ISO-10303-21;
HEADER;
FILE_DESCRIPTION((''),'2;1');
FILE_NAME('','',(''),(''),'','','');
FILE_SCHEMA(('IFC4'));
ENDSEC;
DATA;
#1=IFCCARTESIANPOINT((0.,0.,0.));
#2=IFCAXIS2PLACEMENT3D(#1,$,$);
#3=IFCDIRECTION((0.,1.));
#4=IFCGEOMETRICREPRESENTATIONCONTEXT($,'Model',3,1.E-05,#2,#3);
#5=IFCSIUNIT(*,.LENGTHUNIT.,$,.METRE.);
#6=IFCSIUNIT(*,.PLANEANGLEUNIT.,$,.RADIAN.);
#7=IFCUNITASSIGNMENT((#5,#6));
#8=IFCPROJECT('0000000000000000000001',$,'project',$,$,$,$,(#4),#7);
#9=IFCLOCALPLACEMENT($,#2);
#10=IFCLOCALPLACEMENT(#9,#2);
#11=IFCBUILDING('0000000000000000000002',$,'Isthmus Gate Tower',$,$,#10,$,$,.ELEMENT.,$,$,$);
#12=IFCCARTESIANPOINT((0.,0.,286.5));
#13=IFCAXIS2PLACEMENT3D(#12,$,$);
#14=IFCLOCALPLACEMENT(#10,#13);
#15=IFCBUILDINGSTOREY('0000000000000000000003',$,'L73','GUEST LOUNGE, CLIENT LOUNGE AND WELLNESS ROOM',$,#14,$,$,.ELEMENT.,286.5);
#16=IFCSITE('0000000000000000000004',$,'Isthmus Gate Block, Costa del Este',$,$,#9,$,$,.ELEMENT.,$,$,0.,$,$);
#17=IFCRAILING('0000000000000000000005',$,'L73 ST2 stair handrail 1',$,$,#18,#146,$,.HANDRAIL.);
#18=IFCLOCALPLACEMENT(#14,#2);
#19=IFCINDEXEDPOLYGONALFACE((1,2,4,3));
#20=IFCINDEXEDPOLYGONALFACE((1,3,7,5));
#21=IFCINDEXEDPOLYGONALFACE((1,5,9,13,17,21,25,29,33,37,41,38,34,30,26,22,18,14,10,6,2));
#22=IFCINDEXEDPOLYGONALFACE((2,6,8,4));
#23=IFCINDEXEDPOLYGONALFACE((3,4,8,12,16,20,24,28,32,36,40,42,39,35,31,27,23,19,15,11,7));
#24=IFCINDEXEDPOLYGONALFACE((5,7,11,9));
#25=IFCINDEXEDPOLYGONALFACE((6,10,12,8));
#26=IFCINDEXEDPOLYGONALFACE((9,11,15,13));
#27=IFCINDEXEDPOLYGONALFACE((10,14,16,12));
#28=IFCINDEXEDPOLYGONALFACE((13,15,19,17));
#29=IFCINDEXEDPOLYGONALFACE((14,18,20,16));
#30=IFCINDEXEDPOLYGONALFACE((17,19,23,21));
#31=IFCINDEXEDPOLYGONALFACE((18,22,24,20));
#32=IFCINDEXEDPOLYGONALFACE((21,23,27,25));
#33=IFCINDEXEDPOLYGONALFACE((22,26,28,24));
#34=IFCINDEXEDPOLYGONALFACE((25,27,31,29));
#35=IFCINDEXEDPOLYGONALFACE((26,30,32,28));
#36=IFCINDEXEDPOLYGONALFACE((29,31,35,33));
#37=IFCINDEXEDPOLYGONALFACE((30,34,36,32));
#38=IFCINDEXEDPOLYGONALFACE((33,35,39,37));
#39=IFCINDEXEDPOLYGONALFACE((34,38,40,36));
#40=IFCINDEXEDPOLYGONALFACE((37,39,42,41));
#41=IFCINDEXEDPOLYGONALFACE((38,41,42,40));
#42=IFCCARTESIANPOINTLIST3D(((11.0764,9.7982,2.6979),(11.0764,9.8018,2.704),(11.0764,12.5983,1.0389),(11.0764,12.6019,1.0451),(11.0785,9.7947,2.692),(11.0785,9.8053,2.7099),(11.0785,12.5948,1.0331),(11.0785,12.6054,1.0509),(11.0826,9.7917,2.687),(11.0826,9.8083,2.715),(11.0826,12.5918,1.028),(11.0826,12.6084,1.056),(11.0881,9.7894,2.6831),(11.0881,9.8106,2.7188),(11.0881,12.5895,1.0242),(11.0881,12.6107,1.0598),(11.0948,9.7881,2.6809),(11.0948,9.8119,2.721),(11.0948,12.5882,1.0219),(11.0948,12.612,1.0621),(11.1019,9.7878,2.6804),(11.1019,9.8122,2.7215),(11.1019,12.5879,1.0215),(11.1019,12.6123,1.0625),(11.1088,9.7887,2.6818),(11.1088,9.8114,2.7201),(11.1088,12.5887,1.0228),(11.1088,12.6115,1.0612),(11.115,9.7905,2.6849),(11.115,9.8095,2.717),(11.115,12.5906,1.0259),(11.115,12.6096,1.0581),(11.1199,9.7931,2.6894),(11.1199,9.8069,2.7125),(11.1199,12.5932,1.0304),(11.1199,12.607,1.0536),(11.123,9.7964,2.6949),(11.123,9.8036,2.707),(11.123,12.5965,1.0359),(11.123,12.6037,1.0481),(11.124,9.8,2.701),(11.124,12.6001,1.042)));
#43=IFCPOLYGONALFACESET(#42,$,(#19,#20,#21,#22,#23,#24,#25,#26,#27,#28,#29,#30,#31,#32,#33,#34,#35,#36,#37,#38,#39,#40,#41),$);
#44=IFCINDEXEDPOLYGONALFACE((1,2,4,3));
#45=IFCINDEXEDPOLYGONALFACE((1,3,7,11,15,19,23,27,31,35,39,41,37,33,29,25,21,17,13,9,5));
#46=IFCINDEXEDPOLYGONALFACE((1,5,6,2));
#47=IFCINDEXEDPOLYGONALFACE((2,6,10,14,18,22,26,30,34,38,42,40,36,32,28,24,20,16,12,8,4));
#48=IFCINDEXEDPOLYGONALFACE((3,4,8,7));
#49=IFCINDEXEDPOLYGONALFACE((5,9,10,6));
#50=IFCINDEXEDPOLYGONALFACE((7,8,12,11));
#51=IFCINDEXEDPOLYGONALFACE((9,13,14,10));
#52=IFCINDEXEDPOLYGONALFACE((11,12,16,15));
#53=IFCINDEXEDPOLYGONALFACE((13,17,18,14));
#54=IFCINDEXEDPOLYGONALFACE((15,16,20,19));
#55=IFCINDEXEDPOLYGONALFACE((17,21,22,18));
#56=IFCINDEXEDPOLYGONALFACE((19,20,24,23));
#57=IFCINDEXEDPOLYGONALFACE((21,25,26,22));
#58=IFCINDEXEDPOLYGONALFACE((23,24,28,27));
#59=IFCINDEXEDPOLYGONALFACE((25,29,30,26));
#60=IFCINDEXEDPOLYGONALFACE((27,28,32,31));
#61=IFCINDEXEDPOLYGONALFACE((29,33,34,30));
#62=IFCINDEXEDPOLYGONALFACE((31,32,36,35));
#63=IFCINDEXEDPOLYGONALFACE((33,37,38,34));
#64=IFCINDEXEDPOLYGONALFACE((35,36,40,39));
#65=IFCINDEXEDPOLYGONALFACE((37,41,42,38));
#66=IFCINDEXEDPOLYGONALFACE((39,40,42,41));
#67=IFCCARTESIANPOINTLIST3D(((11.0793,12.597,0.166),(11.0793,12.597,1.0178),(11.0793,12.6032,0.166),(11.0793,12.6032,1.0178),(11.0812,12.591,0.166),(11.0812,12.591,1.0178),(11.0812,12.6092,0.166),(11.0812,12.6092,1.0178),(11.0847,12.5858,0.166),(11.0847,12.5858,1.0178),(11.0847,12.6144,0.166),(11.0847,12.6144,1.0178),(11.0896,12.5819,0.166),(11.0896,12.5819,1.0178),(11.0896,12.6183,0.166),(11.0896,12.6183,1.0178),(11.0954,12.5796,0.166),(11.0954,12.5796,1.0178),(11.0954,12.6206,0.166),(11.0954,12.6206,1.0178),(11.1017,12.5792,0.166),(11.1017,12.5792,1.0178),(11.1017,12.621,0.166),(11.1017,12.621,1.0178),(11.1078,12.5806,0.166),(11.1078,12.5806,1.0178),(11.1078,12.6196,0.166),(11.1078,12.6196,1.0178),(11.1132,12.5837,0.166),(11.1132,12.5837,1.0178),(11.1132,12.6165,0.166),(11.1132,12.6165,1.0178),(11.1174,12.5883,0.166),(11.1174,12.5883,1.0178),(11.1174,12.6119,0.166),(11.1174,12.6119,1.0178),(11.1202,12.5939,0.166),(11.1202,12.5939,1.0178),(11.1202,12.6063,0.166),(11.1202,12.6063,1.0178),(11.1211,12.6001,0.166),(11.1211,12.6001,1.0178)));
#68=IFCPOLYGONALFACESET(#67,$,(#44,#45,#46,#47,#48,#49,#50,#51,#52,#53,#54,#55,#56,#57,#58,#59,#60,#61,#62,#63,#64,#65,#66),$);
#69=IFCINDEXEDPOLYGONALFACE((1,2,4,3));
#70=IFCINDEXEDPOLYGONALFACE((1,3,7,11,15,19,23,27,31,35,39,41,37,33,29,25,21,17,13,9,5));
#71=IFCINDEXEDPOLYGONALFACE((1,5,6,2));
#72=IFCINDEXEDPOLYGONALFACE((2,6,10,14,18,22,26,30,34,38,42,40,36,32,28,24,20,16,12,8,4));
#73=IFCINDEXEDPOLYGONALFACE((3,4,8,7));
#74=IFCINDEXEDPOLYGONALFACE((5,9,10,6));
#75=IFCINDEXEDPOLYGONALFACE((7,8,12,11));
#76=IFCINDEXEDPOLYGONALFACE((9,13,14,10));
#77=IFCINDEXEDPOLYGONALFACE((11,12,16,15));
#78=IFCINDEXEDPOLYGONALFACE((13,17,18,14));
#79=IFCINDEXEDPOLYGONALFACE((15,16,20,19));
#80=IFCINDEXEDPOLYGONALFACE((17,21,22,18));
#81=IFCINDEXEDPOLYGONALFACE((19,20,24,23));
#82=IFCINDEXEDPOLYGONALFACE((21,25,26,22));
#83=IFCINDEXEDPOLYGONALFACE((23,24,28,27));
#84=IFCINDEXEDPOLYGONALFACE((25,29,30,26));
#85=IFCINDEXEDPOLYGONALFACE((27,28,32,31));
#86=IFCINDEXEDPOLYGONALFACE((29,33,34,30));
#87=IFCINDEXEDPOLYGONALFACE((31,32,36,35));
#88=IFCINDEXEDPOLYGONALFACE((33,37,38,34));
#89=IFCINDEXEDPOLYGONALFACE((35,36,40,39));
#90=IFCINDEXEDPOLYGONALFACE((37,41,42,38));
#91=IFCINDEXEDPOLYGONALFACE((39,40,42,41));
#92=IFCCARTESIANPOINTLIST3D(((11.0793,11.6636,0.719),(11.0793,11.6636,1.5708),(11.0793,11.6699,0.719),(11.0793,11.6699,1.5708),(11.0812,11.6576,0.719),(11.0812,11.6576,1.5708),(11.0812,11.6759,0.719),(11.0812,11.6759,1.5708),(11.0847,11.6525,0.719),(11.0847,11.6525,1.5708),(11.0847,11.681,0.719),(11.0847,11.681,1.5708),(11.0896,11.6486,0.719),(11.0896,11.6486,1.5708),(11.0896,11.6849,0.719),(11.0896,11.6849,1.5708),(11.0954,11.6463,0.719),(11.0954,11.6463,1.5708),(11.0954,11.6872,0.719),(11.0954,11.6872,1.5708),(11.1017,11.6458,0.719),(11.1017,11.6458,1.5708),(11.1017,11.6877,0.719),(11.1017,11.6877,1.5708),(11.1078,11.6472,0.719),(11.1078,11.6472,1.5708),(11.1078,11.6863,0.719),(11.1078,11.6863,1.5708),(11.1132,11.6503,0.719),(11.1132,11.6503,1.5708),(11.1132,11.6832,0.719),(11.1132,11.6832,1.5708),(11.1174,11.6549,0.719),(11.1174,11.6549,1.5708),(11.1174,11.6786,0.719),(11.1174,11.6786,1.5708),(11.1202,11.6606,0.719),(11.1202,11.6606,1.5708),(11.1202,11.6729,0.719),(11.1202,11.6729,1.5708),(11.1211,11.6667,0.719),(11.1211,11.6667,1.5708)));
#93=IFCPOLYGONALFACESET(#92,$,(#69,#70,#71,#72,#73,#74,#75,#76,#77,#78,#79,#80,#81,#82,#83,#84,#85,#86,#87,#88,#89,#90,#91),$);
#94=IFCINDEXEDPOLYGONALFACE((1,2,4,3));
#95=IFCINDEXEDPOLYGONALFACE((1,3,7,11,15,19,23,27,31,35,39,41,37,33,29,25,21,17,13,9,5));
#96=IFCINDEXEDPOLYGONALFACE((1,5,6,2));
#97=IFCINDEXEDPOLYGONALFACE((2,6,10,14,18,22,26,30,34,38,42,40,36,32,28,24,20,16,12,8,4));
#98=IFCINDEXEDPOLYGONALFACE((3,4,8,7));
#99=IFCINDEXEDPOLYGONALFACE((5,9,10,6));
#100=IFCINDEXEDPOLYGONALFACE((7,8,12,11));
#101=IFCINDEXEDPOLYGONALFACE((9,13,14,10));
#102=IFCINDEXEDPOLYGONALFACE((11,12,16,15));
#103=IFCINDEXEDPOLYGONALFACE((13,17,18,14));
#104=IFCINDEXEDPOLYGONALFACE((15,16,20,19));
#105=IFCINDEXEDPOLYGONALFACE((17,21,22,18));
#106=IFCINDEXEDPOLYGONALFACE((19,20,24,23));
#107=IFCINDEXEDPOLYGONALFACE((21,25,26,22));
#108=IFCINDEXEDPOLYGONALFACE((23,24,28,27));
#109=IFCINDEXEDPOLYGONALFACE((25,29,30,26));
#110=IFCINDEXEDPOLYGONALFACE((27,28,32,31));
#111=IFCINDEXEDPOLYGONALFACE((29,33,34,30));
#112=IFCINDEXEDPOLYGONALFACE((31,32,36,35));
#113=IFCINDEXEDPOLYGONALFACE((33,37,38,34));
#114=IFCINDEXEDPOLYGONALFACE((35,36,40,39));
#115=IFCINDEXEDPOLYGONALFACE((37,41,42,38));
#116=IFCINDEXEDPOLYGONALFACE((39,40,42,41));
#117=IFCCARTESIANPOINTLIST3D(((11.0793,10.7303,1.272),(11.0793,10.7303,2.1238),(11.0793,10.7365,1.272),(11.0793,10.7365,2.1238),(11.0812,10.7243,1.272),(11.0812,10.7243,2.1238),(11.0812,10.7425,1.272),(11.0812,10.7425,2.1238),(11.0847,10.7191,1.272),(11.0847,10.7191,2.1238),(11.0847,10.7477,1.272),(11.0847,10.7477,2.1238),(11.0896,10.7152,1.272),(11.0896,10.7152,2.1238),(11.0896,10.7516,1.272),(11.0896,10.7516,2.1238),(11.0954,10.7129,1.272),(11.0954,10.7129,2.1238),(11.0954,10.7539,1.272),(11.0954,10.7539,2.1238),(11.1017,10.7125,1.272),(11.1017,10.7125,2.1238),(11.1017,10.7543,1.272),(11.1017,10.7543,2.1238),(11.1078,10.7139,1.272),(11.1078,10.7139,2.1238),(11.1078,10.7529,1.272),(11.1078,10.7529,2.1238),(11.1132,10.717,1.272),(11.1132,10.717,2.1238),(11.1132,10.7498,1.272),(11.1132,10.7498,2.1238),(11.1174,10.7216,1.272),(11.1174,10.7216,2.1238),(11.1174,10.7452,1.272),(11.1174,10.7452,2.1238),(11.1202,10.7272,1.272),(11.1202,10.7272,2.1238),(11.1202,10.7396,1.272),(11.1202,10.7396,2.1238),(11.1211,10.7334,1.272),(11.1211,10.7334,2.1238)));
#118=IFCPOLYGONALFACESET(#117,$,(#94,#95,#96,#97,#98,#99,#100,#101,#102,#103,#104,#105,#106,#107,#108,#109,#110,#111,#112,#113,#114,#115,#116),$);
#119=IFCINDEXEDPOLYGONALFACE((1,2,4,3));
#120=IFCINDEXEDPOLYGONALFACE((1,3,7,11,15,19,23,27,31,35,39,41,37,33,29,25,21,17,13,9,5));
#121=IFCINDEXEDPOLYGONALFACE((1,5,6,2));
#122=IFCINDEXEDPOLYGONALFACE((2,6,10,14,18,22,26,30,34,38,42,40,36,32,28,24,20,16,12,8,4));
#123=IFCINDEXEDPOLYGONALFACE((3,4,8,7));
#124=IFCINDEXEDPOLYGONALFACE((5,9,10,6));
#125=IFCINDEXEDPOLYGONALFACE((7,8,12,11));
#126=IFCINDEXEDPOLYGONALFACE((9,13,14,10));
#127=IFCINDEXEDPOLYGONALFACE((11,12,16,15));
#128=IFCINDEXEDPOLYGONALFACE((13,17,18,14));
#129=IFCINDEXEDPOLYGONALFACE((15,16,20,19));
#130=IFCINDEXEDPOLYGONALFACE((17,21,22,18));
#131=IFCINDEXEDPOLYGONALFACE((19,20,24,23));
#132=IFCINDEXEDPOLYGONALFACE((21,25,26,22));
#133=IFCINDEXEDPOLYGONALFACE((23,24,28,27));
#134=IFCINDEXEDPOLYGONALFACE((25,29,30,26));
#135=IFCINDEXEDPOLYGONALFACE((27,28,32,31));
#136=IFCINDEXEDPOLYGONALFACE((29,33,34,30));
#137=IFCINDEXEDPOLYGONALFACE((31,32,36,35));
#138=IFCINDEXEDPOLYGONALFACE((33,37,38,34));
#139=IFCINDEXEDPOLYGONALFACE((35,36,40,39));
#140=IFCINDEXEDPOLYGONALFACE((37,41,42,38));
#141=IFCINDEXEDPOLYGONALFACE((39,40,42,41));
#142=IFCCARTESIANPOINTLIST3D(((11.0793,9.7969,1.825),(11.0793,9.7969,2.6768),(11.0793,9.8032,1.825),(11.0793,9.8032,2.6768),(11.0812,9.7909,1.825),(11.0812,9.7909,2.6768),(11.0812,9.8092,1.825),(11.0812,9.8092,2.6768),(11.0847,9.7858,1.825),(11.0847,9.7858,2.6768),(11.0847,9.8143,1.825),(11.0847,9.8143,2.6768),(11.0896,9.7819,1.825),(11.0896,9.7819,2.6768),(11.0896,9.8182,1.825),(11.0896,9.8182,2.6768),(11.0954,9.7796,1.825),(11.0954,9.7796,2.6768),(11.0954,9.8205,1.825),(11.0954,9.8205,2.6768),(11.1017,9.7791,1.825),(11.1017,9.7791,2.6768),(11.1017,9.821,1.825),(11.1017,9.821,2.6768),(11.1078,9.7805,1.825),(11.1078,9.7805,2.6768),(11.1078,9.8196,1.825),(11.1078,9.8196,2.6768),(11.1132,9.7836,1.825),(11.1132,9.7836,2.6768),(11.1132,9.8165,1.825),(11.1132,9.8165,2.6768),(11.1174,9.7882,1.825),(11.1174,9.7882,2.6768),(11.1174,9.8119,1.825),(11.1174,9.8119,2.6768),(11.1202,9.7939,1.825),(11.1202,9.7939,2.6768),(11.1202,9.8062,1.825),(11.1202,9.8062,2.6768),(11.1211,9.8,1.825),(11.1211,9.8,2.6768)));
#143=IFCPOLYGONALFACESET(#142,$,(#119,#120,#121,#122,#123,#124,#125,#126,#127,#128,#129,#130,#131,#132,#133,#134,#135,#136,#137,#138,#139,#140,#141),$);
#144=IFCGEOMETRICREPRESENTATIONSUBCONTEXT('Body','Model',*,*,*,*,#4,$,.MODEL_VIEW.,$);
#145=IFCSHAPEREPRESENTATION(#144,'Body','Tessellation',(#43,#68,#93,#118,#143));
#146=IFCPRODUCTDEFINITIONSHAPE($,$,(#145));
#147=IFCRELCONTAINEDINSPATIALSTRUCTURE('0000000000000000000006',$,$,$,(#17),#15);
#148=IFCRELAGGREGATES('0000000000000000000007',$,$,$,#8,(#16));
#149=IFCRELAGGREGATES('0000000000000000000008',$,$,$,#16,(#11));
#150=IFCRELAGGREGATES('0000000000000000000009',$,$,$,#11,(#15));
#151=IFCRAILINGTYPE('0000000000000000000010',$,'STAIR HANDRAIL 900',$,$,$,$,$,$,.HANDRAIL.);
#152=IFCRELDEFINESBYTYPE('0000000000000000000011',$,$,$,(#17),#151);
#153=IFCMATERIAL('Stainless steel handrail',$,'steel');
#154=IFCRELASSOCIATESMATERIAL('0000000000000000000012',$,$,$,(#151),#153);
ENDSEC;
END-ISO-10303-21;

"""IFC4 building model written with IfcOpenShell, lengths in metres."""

from ifc_helpers import new_model, si_unit, direction, frame, origin, origin_2d, place, context, subcontext, project, spatial, circle, extrude, material, type_object, element, save


model = new_model("IFC4")

# Units and contexts
model_context = context("Model", 3, precision=1e-05, world=origin(), true_north=direction((0.0, 1.0)))
body_context = subcontext(model_context, "Body", "Model", "MODEL_VIEW")
ifc_project = project(units=[si_unit("LENGTHUNIT", "METRE"), si_unit("PLANEANGLEUNIT", "RADIAN")], contexts=[model_context])

# Site, building, storey
site_placement = place(None, origin())
site = spatial("IfcSite", under=ifc_project, at=site_placement, Name="Isthmus Gate Block, Costa del Este", CompositionType="ELEMENT", RefElevation=0.0)
building_placement = place(site_placement, origin())
building = spatial("IfcBuilding", under=site, at=building_placement, Name="Isthmus Gate Tower", CompositionType="ELEMENT")
storey_placement = place(building_placement, frame((0.0, 0.0, 286.5)))
storey = spatial("IfcBuildingStorey", under=building, at=storey_placement, Name="L73", Description="GUEST LOUNGE, CLIENT LOUNGE AND WELLNESS ROOM", CompositionType="ELEMENT", Elevation=286.5)

# Railing
ifc_material_1 = material(Name="Stainless steel handrail", Category="steel")
railing_type = type_object("IfcRailingType", Name="STAIR HANDRAIL 900", PredefinedType="HANDRAIL", material=ifc_material_1)
railing_placement = place(storey_placement, frame((11.1001, 12.6001, 0.166)))
element("IfcRailing", 1, at=railing_placement, inside=storey, type_object=railing_type, Name="L73 ST2 stair handrail 1", PredefinedType="HANDRAIL", context=body_context, shape_type="SweptSolid", body=[
    extrude(circle(Radius=0.0239, at=origin_2d()), frame((0.0, 0.0, 0.876), z_axis=(0.0, -0.860339, 0.509722), x_axis=(1.0, 0.0, 0.0)), (0.0, 0.0, 1.0), 3.2546),
    extrude(circle(Radius=0.021, at=origin_2d()), origin(), (0.0, 0.0, 1.0), 0.8518),
    extrude(circle(Radius=0.021, at=origin_2d()), frame((0.0, -0.9333, 0.553)), (0.0, 0.0, 1.0), 0.8518),
    extrude(circle(Radius=0.021, at=origin_2d()), frame((0.0, -1.8667, 1.106)), (0.0, 0.0, 1.0), 0.8518),
    extrude(circle(Radius=0.021, at=origin_2d()), frame((0.0, -2.8, 1.6589)), (0.0, 0.0, 1.0), 0.8518),
])

save(model, "model.ifc")
